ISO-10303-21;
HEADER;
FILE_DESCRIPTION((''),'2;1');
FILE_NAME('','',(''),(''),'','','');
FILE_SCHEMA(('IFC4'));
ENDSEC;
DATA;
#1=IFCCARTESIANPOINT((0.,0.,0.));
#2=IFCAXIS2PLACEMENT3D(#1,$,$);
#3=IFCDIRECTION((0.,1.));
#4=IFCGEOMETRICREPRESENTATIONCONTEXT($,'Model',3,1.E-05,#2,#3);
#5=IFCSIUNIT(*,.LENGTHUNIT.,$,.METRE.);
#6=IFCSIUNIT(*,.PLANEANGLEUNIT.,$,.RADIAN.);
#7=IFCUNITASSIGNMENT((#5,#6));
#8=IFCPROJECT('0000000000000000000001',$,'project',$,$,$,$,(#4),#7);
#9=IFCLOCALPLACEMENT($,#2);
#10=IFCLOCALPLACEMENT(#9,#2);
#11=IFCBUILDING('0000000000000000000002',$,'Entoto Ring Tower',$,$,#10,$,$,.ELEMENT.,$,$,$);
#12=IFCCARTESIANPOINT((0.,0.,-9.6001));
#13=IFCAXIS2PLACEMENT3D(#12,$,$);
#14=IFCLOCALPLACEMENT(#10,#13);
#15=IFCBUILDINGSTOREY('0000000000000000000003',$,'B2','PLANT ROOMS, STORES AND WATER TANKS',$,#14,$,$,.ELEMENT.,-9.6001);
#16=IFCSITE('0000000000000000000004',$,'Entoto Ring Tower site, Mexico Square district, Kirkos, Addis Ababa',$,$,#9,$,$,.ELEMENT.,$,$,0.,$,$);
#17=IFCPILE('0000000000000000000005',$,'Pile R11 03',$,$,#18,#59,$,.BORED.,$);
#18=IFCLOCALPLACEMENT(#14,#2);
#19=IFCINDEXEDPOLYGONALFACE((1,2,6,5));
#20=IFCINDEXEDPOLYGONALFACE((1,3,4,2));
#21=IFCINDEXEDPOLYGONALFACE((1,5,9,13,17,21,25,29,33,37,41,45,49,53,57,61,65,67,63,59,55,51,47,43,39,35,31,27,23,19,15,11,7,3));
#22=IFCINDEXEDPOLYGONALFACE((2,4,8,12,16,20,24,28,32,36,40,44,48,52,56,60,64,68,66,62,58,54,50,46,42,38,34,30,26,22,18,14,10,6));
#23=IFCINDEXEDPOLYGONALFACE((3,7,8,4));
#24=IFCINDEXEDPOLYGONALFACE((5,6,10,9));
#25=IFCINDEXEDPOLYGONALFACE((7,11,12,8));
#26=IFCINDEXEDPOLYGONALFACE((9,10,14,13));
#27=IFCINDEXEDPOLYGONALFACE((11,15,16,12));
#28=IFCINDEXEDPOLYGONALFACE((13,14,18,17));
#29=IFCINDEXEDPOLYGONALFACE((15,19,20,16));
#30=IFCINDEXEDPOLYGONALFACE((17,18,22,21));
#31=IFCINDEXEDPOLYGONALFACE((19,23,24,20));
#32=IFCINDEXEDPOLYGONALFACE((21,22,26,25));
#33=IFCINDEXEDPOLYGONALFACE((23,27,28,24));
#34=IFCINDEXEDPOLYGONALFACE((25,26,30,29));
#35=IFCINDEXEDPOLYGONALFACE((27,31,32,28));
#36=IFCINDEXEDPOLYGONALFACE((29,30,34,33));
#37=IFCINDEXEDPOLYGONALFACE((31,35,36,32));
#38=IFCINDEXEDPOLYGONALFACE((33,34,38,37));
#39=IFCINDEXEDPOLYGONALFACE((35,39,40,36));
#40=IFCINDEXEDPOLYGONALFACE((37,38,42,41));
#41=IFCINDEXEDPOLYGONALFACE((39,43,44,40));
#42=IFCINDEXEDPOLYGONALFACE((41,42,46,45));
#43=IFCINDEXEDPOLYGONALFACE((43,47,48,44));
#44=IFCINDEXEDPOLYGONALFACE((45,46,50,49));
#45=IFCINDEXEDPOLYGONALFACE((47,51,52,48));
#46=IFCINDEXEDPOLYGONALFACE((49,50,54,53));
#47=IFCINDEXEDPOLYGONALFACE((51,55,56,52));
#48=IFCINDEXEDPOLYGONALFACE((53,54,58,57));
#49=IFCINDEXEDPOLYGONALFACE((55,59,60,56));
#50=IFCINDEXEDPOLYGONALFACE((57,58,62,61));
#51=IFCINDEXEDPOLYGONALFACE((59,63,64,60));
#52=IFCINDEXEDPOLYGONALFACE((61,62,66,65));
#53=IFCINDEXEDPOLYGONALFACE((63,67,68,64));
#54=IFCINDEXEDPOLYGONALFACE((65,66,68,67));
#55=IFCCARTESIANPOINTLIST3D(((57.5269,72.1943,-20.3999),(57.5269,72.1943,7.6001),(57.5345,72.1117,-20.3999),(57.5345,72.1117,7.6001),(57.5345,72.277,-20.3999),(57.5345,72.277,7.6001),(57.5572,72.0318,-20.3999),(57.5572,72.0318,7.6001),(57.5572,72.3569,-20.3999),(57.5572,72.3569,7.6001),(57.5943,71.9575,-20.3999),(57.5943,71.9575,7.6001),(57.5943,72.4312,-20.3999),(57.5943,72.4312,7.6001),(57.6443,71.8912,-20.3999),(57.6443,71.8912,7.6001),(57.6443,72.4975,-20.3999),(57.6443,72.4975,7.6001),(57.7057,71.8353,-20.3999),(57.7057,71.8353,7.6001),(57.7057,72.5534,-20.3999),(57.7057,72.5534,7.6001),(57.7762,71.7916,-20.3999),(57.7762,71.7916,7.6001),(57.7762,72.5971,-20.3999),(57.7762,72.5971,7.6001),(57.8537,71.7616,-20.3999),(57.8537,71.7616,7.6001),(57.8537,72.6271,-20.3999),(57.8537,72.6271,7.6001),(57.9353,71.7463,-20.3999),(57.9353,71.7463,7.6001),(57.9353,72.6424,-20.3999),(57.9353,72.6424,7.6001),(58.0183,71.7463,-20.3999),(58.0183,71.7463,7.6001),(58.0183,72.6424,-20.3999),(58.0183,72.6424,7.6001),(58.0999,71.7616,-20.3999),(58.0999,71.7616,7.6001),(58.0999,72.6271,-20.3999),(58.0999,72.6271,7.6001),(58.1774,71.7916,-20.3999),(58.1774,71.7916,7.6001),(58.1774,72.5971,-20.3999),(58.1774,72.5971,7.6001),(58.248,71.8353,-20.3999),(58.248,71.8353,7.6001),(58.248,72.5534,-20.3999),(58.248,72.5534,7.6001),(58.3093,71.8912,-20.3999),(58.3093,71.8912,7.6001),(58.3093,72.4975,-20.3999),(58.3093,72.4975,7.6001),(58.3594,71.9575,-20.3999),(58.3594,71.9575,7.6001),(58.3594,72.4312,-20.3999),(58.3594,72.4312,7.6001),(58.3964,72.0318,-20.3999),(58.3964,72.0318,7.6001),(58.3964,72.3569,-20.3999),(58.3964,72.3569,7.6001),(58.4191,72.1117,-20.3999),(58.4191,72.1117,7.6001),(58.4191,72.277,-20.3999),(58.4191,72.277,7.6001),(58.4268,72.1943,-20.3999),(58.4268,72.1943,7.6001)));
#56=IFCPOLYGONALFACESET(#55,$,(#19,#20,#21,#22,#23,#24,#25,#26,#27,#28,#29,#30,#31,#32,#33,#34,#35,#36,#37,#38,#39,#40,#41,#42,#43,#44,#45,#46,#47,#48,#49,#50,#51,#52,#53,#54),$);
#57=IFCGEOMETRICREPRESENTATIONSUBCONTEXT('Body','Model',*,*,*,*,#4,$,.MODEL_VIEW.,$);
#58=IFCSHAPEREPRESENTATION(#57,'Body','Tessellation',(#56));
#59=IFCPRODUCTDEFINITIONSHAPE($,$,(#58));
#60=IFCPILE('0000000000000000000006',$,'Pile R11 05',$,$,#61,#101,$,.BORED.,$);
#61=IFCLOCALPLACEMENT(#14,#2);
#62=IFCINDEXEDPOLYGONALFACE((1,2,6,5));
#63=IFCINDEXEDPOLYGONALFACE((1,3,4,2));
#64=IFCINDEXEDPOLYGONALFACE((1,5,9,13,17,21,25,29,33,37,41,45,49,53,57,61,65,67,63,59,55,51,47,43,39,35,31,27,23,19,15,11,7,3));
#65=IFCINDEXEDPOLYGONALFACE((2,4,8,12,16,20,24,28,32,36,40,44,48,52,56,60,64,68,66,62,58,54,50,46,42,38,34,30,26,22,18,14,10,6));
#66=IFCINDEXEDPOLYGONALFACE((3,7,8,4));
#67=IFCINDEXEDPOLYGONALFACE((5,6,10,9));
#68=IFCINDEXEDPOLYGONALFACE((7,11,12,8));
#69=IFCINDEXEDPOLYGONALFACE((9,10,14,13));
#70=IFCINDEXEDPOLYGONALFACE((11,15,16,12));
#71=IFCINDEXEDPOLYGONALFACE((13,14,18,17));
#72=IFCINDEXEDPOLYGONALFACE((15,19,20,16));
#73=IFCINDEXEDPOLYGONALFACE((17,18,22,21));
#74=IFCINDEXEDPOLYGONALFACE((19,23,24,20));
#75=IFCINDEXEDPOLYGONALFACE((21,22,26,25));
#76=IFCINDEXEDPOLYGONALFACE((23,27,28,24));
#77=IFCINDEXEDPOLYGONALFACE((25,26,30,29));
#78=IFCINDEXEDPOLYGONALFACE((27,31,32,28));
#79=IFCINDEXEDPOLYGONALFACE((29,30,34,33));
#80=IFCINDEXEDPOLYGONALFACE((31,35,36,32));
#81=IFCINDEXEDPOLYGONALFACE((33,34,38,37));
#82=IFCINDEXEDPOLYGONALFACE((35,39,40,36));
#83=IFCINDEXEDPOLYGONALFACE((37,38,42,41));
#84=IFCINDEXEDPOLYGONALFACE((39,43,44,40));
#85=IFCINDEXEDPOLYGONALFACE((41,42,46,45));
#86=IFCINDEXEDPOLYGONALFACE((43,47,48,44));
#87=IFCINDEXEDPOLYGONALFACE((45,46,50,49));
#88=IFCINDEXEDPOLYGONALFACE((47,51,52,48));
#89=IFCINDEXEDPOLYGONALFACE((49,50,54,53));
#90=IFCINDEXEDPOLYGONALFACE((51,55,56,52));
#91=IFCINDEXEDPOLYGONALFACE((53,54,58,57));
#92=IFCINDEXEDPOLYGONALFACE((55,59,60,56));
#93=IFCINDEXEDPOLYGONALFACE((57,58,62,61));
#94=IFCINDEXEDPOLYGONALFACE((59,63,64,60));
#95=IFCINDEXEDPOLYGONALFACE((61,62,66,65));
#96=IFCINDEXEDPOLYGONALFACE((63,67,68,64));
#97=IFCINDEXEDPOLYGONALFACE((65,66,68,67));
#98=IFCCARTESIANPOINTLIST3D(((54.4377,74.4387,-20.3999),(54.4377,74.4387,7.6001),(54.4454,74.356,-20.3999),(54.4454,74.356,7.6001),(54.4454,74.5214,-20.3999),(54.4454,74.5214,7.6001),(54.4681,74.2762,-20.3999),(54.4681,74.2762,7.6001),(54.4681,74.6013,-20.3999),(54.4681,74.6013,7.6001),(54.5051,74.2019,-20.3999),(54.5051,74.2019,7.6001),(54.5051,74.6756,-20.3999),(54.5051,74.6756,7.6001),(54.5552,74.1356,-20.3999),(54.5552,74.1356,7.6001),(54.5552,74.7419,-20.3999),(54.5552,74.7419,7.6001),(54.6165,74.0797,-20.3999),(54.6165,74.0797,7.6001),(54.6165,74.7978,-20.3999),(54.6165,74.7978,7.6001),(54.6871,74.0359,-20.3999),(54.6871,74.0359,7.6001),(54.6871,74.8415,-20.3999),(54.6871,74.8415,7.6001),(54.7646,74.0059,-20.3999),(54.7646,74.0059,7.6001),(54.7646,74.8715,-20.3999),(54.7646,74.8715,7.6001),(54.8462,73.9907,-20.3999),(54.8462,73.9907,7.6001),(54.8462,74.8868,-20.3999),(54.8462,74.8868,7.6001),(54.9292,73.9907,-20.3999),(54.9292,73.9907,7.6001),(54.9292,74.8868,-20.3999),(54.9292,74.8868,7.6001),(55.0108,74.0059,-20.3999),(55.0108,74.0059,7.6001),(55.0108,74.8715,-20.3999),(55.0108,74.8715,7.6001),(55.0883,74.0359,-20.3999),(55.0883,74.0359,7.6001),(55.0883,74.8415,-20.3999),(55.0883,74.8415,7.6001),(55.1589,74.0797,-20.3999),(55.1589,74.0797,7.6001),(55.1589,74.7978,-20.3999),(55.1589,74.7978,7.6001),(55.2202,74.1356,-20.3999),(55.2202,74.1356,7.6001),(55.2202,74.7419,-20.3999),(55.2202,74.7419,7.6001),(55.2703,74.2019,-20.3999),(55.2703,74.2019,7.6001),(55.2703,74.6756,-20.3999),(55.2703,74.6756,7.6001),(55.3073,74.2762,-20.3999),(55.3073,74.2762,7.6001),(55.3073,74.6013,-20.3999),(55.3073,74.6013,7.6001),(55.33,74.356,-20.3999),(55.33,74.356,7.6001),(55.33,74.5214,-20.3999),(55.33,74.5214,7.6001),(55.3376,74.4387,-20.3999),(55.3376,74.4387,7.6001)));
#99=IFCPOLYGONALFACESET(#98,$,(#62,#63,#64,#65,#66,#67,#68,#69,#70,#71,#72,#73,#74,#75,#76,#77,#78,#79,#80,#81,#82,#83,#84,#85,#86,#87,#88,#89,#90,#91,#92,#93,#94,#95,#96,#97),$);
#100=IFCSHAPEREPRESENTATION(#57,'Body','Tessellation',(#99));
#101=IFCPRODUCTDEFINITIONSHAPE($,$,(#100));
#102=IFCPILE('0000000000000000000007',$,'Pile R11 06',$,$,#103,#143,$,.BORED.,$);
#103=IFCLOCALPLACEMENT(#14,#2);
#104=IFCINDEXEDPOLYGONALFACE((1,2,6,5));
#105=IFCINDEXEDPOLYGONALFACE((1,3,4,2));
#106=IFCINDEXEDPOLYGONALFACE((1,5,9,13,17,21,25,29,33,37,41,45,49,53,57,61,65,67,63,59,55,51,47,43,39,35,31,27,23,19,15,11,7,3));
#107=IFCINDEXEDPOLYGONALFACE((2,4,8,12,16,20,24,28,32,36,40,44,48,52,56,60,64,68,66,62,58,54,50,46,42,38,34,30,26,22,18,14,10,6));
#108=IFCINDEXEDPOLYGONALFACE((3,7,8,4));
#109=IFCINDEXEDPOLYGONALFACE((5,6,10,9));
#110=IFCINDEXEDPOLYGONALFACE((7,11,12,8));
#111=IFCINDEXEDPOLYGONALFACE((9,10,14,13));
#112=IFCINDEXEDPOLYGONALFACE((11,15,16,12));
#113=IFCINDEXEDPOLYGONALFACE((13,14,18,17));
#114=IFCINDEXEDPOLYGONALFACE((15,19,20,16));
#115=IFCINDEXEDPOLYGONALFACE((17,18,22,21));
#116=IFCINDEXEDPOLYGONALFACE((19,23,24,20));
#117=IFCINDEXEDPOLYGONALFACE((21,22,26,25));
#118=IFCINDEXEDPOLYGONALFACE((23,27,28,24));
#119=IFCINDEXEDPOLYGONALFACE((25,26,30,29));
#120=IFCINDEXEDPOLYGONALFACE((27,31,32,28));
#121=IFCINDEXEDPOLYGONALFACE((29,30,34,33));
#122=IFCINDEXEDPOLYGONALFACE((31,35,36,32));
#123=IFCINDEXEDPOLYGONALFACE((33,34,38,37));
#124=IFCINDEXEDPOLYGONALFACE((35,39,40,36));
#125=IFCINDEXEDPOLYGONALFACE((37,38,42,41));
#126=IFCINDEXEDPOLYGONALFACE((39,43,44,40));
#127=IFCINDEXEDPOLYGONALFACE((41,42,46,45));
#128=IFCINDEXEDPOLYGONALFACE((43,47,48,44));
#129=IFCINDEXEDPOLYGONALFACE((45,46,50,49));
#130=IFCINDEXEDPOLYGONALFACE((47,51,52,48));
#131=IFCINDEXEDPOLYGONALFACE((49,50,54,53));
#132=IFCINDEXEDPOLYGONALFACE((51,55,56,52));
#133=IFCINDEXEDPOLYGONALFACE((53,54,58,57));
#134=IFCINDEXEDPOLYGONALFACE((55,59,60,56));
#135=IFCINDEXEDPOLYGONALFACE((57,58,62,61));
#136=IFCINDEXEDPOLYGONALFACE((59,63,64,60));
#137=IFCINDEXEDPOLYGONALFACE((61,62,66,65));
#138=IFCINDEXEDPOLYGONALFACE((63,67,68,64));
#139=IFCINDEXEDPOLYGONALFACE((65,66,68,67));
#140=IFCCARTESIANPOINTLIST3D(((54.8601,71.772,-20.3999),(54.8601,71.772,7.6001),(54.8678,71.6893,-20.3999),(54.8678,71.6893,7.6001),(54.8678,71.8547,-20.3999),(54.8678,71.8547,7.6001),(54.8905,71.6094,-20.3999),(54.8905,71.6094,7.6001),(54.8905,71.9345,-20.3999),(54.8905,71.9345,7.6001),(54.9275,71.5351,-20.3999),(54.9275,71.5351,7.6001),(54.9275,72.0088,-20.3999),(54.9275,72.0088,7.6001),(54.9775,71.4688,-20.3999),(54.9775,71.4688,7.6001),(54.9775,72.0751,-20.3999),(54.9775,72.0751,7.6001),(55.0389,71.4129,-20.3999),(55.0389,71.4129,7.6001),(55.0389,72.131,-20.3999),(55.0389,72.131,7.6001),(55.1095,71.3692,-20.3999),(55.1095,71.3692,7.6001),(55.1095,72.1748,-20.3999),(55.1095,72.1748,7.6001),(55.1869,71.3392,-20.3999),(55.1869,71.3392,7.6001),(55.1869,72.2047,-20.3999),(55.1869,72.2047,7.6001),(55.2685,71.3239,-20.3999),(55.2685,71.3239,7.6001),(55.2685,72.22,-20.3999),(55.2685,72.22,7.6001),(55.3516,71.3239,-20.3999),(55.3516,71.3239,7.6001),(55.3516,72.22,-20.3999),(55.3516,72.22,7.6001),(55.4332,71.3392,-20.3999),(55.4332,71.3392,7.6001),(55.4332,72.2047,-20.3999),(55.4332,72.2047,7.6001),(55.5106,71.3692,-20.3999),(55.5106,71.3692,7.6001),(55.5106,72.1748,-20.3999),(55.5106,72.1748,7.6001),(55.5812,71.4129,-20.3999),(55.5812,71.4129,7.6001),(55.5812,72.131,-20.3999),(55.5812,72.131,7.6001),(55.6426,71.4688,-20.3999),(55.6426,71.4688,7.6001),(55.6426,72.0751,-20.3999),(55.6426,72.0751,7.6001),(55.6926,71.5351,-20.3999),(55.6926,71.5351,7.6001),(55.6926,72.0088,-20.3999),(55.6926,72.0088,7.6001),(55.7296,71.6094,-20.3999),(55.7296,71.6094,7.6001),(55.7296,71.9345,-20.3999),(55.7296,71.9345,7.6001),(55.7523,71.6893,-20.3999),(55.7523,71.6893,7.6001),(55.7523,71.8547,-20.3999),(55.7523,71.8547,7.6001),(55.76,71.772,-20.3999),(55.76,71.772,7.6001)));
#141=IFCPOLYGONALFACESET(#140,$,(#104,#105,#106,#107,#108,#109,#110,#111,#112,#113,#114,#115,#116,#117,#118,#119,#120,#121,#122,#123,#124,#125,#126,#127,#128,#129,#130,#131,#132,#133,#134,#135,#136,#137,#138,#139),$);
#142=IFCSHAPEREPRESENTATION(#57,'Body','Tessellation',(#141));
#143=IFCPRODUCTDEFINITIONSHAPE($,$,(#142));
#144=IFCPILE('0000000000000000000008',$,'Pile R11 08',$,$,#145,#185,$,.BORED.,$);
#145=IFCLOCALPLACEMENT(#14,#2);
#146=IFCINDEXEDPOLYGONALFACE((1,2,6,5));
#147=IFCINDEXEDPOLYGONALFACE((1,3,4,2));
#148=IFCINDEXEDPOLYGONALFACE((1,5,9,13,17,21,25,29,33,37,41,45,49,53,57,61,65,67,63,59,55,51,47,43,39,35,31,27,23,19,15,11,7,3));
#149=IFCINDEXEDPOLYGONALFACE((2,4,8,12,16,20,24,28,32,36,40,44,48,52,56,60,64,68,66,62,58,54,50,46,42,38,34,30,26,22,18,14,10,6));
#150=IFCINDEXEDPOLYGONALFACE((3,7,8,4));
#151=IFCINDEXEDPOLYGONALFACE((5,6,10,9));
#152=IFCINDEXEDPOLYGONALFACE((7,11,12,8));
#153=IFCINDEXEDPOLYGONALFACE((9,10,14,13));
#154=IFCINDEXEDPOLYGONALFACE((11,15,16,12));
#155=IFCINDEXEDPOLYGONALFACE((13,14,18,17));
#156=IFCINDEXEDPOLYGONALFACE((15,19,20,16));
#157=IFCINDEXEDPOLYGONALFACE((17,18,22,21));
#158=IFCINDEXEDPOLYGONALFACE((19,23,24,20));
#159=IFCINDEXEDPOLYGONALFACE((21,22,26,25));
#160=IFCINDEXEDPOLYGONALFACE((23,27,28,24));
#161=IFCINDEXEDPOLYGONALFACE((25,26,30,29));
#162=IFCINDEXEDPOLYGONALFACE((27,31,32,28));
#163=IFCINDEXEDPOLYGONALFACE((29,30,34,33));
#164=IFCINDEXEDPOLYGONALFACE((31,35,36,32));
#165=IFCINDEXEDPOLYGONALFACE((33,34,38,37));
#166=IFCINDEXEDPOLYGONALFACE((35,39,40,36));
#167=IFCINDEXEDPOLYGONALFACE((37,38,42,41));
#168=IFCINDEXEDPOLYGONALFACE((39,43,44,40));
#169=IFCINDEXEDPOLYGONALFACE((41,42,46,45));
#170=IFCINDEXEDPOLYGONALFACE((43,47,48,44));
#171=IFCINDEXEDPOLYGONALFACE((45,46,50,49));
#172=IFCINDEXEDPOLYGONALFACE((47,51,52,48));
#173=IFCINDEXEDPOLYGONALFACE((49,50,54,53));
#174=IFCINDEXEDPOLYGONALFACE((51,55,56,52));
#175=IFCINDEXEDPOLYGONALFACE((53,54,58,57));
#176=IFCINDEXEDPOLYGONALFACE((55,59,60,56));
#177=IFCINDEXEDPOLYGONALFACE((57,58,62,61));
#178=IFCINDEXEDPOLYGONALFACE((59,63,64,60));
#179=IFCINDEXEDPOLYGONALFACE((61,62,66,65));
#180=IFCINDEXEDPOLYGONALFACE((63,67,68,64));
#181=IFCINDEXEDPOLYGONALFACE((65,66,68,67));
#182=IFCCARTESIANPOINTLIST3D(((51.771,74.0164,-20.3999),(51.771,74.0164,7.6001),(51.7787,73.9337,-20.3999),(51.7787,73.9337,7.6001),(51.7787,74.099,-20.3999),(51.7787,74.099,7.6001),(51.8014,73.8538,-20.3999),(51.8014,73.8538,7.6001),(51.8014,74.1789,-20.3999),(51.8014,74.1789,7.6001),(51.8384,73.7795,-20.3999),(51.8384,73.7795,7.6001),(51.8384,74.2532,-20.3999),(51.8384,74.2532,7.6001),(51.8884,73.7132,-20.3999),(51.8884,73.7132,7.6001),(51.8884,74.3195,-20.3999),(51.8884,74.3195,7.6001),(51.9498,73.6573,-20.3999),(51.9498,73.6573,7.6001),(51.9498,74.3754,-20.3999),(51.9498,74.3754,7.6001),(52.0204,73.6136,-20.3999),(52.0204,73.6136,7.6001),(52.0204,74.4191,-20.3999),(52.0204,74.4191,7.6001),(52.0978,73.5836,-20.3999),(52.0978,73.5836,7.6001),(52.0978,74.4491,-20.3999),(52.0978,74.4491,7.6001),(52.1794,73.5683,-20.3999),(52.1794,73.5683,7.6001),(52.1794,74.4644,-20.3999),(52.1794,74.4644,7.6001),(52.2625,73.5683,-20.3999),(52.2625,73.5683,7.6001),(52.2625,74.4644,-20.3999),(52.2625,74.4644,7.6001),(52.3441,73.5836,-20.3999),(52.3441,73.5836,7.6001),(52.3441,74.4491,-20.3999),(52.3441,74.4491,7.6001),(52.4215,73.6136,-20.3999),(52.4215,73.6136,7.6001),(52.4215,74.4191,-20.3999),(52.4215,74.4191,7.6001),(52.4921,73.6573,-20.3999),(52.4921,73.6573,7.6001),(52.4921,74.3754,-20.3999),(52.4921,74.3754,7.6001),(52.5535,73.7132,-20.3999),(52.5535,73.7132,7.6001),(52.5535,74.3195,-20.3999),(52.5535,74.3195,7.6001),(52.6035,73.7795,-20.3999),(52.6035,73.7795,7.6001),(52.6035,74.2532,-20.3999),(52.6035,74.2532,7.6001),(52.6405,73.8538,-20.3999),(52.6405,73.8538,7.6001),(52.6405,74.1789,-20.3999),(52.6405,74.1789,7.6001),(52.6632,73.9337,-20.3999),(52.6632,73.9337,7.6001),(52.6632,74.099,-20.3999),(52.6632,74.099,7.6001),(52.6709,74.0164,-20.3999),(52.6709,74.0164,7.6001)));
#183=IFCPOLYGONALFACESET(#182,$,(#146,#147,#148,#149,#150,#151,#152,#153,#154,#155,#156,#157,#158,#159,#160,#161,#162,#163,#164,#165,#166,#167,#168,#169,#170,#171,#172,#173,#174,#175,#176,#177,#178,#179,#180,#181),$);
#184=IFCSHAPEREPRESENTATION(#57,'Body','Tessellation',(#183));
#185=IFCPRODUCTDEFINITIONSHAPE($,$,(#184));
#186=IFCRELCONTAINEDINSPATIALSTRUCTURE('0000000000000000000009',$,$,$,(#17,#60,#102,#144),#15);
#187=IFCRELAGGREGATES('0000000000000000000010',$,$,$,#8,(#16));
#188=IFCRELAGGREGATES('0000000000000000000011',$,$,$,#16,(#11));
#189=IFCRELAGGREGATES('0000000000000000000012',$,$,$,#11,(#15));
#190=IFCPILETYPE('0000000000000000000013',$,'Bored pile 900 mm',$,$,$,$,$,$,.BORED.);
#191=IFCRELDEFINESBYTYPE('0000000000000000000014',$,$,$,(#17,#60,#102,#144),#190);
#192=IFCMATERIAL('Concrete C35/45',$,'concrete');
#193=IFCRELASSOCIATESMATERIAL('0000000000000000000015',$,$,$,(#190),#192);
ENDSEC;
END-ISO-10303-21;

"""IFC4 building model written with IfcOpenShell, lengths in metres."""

from ifc_helpers import new_model, si_unit, direction, frame, origin, origin_2d, place, context, subcontext, project, spatial, circle, extrude, material, material_profile, profile_set, type_object, element, save


model = new_model("IFC4")

# Units and contexts
model_context = context("Model", 3, precision=1e-05, world=origin(), true_north=direction((0.0, 1.0)))
body_context = subcontext(model_context, "Body", "Model", "MODEL_VIEW")
ifc_project = project(units=[si_unit("LENGTHUNIT", "METRE"), si_unit("PLANEANGLEUNIT", "RADIAN")], contexts=[model_context])

# Site, building, storey
site_placement = place(None, origin())
site = spatial("IfcSite", under=ifc_project, at=site_placement, Name="Entoto Ring Tower site, Mexico Square district, Kirkos, Addis Ababa", CompositionType="ELEMENT", RefElevation=0.0)
building_placement = place(site_placement, origin())
building = spatial("IfcBuilding", under=site, at=building_placement, Name="Entoto Ring Tower", CompositionType="ELEMENT")
storey_placement = place(building_placement, frame((0.0, 0.0, -9.6001)))
storey = spatial("IfcBuildingStorey", under=building, at=storey_placement, Name="B2", Description="PLANT ROOMS, STORES AND WATER TANKS", CompositionType="ELEMENT", Elevation=-9.6001)

# Piles
ifc_material_1 = material(Name="Concrete C35/45", Category="concrete")
ifc_material_profile_1 = material_profile(ifc_material_1, circle(Radius=0.45, at=origin_2d()), Name="Bored pile 900 mm")
ifc_profile_set_1 = profile_set([ifc_material_profile_1], Name="Concrete C35/45")
pile_type = type_object("IfcPileType", Name="Bored pile 900 mm", PredefinedType="BORED", material=ifc_profile_set_1)
for number, where, z_axis, x_axis, name in (
    (1, (57.9768, 72.1943, 7.6001), (0.0, 0.0, -1.0), (1.0, 0.0, 0.0), "Pile R11 03"),
    (2, (54.8877, 74.4387, 7.6001), (0.0, 0.0, -1.0), (1.0, 0.0, 0.0), "Pile R11 05"),
    (3, (55.3101, 71.772, 7.6001), (0.0, 0.0, -1.0), (1.0, 0.0, 0.0), "Pile R11 06"),
    (4, (52.2209, 74.0164, 7.6001), (0.0, 0.0, -1.0), (1.0, 0.0, 0.0), "Pile R11 08"),
):
    element("IfcPile", number, at=place(storey_placement, frame(where, z_axis=z_axis, x_axis=x_axis)), inside=storey, type_object=pile_type, Name=name, PredefinedType="BORED", context=body_context, shape_type="SweptSolid", body=[
        extrude(circle(Radius=0.45, at=origin_2d()), origin(), (0.0, 0.0, 1.0), 28.0),
    ])

save(model, "model.ifc")
